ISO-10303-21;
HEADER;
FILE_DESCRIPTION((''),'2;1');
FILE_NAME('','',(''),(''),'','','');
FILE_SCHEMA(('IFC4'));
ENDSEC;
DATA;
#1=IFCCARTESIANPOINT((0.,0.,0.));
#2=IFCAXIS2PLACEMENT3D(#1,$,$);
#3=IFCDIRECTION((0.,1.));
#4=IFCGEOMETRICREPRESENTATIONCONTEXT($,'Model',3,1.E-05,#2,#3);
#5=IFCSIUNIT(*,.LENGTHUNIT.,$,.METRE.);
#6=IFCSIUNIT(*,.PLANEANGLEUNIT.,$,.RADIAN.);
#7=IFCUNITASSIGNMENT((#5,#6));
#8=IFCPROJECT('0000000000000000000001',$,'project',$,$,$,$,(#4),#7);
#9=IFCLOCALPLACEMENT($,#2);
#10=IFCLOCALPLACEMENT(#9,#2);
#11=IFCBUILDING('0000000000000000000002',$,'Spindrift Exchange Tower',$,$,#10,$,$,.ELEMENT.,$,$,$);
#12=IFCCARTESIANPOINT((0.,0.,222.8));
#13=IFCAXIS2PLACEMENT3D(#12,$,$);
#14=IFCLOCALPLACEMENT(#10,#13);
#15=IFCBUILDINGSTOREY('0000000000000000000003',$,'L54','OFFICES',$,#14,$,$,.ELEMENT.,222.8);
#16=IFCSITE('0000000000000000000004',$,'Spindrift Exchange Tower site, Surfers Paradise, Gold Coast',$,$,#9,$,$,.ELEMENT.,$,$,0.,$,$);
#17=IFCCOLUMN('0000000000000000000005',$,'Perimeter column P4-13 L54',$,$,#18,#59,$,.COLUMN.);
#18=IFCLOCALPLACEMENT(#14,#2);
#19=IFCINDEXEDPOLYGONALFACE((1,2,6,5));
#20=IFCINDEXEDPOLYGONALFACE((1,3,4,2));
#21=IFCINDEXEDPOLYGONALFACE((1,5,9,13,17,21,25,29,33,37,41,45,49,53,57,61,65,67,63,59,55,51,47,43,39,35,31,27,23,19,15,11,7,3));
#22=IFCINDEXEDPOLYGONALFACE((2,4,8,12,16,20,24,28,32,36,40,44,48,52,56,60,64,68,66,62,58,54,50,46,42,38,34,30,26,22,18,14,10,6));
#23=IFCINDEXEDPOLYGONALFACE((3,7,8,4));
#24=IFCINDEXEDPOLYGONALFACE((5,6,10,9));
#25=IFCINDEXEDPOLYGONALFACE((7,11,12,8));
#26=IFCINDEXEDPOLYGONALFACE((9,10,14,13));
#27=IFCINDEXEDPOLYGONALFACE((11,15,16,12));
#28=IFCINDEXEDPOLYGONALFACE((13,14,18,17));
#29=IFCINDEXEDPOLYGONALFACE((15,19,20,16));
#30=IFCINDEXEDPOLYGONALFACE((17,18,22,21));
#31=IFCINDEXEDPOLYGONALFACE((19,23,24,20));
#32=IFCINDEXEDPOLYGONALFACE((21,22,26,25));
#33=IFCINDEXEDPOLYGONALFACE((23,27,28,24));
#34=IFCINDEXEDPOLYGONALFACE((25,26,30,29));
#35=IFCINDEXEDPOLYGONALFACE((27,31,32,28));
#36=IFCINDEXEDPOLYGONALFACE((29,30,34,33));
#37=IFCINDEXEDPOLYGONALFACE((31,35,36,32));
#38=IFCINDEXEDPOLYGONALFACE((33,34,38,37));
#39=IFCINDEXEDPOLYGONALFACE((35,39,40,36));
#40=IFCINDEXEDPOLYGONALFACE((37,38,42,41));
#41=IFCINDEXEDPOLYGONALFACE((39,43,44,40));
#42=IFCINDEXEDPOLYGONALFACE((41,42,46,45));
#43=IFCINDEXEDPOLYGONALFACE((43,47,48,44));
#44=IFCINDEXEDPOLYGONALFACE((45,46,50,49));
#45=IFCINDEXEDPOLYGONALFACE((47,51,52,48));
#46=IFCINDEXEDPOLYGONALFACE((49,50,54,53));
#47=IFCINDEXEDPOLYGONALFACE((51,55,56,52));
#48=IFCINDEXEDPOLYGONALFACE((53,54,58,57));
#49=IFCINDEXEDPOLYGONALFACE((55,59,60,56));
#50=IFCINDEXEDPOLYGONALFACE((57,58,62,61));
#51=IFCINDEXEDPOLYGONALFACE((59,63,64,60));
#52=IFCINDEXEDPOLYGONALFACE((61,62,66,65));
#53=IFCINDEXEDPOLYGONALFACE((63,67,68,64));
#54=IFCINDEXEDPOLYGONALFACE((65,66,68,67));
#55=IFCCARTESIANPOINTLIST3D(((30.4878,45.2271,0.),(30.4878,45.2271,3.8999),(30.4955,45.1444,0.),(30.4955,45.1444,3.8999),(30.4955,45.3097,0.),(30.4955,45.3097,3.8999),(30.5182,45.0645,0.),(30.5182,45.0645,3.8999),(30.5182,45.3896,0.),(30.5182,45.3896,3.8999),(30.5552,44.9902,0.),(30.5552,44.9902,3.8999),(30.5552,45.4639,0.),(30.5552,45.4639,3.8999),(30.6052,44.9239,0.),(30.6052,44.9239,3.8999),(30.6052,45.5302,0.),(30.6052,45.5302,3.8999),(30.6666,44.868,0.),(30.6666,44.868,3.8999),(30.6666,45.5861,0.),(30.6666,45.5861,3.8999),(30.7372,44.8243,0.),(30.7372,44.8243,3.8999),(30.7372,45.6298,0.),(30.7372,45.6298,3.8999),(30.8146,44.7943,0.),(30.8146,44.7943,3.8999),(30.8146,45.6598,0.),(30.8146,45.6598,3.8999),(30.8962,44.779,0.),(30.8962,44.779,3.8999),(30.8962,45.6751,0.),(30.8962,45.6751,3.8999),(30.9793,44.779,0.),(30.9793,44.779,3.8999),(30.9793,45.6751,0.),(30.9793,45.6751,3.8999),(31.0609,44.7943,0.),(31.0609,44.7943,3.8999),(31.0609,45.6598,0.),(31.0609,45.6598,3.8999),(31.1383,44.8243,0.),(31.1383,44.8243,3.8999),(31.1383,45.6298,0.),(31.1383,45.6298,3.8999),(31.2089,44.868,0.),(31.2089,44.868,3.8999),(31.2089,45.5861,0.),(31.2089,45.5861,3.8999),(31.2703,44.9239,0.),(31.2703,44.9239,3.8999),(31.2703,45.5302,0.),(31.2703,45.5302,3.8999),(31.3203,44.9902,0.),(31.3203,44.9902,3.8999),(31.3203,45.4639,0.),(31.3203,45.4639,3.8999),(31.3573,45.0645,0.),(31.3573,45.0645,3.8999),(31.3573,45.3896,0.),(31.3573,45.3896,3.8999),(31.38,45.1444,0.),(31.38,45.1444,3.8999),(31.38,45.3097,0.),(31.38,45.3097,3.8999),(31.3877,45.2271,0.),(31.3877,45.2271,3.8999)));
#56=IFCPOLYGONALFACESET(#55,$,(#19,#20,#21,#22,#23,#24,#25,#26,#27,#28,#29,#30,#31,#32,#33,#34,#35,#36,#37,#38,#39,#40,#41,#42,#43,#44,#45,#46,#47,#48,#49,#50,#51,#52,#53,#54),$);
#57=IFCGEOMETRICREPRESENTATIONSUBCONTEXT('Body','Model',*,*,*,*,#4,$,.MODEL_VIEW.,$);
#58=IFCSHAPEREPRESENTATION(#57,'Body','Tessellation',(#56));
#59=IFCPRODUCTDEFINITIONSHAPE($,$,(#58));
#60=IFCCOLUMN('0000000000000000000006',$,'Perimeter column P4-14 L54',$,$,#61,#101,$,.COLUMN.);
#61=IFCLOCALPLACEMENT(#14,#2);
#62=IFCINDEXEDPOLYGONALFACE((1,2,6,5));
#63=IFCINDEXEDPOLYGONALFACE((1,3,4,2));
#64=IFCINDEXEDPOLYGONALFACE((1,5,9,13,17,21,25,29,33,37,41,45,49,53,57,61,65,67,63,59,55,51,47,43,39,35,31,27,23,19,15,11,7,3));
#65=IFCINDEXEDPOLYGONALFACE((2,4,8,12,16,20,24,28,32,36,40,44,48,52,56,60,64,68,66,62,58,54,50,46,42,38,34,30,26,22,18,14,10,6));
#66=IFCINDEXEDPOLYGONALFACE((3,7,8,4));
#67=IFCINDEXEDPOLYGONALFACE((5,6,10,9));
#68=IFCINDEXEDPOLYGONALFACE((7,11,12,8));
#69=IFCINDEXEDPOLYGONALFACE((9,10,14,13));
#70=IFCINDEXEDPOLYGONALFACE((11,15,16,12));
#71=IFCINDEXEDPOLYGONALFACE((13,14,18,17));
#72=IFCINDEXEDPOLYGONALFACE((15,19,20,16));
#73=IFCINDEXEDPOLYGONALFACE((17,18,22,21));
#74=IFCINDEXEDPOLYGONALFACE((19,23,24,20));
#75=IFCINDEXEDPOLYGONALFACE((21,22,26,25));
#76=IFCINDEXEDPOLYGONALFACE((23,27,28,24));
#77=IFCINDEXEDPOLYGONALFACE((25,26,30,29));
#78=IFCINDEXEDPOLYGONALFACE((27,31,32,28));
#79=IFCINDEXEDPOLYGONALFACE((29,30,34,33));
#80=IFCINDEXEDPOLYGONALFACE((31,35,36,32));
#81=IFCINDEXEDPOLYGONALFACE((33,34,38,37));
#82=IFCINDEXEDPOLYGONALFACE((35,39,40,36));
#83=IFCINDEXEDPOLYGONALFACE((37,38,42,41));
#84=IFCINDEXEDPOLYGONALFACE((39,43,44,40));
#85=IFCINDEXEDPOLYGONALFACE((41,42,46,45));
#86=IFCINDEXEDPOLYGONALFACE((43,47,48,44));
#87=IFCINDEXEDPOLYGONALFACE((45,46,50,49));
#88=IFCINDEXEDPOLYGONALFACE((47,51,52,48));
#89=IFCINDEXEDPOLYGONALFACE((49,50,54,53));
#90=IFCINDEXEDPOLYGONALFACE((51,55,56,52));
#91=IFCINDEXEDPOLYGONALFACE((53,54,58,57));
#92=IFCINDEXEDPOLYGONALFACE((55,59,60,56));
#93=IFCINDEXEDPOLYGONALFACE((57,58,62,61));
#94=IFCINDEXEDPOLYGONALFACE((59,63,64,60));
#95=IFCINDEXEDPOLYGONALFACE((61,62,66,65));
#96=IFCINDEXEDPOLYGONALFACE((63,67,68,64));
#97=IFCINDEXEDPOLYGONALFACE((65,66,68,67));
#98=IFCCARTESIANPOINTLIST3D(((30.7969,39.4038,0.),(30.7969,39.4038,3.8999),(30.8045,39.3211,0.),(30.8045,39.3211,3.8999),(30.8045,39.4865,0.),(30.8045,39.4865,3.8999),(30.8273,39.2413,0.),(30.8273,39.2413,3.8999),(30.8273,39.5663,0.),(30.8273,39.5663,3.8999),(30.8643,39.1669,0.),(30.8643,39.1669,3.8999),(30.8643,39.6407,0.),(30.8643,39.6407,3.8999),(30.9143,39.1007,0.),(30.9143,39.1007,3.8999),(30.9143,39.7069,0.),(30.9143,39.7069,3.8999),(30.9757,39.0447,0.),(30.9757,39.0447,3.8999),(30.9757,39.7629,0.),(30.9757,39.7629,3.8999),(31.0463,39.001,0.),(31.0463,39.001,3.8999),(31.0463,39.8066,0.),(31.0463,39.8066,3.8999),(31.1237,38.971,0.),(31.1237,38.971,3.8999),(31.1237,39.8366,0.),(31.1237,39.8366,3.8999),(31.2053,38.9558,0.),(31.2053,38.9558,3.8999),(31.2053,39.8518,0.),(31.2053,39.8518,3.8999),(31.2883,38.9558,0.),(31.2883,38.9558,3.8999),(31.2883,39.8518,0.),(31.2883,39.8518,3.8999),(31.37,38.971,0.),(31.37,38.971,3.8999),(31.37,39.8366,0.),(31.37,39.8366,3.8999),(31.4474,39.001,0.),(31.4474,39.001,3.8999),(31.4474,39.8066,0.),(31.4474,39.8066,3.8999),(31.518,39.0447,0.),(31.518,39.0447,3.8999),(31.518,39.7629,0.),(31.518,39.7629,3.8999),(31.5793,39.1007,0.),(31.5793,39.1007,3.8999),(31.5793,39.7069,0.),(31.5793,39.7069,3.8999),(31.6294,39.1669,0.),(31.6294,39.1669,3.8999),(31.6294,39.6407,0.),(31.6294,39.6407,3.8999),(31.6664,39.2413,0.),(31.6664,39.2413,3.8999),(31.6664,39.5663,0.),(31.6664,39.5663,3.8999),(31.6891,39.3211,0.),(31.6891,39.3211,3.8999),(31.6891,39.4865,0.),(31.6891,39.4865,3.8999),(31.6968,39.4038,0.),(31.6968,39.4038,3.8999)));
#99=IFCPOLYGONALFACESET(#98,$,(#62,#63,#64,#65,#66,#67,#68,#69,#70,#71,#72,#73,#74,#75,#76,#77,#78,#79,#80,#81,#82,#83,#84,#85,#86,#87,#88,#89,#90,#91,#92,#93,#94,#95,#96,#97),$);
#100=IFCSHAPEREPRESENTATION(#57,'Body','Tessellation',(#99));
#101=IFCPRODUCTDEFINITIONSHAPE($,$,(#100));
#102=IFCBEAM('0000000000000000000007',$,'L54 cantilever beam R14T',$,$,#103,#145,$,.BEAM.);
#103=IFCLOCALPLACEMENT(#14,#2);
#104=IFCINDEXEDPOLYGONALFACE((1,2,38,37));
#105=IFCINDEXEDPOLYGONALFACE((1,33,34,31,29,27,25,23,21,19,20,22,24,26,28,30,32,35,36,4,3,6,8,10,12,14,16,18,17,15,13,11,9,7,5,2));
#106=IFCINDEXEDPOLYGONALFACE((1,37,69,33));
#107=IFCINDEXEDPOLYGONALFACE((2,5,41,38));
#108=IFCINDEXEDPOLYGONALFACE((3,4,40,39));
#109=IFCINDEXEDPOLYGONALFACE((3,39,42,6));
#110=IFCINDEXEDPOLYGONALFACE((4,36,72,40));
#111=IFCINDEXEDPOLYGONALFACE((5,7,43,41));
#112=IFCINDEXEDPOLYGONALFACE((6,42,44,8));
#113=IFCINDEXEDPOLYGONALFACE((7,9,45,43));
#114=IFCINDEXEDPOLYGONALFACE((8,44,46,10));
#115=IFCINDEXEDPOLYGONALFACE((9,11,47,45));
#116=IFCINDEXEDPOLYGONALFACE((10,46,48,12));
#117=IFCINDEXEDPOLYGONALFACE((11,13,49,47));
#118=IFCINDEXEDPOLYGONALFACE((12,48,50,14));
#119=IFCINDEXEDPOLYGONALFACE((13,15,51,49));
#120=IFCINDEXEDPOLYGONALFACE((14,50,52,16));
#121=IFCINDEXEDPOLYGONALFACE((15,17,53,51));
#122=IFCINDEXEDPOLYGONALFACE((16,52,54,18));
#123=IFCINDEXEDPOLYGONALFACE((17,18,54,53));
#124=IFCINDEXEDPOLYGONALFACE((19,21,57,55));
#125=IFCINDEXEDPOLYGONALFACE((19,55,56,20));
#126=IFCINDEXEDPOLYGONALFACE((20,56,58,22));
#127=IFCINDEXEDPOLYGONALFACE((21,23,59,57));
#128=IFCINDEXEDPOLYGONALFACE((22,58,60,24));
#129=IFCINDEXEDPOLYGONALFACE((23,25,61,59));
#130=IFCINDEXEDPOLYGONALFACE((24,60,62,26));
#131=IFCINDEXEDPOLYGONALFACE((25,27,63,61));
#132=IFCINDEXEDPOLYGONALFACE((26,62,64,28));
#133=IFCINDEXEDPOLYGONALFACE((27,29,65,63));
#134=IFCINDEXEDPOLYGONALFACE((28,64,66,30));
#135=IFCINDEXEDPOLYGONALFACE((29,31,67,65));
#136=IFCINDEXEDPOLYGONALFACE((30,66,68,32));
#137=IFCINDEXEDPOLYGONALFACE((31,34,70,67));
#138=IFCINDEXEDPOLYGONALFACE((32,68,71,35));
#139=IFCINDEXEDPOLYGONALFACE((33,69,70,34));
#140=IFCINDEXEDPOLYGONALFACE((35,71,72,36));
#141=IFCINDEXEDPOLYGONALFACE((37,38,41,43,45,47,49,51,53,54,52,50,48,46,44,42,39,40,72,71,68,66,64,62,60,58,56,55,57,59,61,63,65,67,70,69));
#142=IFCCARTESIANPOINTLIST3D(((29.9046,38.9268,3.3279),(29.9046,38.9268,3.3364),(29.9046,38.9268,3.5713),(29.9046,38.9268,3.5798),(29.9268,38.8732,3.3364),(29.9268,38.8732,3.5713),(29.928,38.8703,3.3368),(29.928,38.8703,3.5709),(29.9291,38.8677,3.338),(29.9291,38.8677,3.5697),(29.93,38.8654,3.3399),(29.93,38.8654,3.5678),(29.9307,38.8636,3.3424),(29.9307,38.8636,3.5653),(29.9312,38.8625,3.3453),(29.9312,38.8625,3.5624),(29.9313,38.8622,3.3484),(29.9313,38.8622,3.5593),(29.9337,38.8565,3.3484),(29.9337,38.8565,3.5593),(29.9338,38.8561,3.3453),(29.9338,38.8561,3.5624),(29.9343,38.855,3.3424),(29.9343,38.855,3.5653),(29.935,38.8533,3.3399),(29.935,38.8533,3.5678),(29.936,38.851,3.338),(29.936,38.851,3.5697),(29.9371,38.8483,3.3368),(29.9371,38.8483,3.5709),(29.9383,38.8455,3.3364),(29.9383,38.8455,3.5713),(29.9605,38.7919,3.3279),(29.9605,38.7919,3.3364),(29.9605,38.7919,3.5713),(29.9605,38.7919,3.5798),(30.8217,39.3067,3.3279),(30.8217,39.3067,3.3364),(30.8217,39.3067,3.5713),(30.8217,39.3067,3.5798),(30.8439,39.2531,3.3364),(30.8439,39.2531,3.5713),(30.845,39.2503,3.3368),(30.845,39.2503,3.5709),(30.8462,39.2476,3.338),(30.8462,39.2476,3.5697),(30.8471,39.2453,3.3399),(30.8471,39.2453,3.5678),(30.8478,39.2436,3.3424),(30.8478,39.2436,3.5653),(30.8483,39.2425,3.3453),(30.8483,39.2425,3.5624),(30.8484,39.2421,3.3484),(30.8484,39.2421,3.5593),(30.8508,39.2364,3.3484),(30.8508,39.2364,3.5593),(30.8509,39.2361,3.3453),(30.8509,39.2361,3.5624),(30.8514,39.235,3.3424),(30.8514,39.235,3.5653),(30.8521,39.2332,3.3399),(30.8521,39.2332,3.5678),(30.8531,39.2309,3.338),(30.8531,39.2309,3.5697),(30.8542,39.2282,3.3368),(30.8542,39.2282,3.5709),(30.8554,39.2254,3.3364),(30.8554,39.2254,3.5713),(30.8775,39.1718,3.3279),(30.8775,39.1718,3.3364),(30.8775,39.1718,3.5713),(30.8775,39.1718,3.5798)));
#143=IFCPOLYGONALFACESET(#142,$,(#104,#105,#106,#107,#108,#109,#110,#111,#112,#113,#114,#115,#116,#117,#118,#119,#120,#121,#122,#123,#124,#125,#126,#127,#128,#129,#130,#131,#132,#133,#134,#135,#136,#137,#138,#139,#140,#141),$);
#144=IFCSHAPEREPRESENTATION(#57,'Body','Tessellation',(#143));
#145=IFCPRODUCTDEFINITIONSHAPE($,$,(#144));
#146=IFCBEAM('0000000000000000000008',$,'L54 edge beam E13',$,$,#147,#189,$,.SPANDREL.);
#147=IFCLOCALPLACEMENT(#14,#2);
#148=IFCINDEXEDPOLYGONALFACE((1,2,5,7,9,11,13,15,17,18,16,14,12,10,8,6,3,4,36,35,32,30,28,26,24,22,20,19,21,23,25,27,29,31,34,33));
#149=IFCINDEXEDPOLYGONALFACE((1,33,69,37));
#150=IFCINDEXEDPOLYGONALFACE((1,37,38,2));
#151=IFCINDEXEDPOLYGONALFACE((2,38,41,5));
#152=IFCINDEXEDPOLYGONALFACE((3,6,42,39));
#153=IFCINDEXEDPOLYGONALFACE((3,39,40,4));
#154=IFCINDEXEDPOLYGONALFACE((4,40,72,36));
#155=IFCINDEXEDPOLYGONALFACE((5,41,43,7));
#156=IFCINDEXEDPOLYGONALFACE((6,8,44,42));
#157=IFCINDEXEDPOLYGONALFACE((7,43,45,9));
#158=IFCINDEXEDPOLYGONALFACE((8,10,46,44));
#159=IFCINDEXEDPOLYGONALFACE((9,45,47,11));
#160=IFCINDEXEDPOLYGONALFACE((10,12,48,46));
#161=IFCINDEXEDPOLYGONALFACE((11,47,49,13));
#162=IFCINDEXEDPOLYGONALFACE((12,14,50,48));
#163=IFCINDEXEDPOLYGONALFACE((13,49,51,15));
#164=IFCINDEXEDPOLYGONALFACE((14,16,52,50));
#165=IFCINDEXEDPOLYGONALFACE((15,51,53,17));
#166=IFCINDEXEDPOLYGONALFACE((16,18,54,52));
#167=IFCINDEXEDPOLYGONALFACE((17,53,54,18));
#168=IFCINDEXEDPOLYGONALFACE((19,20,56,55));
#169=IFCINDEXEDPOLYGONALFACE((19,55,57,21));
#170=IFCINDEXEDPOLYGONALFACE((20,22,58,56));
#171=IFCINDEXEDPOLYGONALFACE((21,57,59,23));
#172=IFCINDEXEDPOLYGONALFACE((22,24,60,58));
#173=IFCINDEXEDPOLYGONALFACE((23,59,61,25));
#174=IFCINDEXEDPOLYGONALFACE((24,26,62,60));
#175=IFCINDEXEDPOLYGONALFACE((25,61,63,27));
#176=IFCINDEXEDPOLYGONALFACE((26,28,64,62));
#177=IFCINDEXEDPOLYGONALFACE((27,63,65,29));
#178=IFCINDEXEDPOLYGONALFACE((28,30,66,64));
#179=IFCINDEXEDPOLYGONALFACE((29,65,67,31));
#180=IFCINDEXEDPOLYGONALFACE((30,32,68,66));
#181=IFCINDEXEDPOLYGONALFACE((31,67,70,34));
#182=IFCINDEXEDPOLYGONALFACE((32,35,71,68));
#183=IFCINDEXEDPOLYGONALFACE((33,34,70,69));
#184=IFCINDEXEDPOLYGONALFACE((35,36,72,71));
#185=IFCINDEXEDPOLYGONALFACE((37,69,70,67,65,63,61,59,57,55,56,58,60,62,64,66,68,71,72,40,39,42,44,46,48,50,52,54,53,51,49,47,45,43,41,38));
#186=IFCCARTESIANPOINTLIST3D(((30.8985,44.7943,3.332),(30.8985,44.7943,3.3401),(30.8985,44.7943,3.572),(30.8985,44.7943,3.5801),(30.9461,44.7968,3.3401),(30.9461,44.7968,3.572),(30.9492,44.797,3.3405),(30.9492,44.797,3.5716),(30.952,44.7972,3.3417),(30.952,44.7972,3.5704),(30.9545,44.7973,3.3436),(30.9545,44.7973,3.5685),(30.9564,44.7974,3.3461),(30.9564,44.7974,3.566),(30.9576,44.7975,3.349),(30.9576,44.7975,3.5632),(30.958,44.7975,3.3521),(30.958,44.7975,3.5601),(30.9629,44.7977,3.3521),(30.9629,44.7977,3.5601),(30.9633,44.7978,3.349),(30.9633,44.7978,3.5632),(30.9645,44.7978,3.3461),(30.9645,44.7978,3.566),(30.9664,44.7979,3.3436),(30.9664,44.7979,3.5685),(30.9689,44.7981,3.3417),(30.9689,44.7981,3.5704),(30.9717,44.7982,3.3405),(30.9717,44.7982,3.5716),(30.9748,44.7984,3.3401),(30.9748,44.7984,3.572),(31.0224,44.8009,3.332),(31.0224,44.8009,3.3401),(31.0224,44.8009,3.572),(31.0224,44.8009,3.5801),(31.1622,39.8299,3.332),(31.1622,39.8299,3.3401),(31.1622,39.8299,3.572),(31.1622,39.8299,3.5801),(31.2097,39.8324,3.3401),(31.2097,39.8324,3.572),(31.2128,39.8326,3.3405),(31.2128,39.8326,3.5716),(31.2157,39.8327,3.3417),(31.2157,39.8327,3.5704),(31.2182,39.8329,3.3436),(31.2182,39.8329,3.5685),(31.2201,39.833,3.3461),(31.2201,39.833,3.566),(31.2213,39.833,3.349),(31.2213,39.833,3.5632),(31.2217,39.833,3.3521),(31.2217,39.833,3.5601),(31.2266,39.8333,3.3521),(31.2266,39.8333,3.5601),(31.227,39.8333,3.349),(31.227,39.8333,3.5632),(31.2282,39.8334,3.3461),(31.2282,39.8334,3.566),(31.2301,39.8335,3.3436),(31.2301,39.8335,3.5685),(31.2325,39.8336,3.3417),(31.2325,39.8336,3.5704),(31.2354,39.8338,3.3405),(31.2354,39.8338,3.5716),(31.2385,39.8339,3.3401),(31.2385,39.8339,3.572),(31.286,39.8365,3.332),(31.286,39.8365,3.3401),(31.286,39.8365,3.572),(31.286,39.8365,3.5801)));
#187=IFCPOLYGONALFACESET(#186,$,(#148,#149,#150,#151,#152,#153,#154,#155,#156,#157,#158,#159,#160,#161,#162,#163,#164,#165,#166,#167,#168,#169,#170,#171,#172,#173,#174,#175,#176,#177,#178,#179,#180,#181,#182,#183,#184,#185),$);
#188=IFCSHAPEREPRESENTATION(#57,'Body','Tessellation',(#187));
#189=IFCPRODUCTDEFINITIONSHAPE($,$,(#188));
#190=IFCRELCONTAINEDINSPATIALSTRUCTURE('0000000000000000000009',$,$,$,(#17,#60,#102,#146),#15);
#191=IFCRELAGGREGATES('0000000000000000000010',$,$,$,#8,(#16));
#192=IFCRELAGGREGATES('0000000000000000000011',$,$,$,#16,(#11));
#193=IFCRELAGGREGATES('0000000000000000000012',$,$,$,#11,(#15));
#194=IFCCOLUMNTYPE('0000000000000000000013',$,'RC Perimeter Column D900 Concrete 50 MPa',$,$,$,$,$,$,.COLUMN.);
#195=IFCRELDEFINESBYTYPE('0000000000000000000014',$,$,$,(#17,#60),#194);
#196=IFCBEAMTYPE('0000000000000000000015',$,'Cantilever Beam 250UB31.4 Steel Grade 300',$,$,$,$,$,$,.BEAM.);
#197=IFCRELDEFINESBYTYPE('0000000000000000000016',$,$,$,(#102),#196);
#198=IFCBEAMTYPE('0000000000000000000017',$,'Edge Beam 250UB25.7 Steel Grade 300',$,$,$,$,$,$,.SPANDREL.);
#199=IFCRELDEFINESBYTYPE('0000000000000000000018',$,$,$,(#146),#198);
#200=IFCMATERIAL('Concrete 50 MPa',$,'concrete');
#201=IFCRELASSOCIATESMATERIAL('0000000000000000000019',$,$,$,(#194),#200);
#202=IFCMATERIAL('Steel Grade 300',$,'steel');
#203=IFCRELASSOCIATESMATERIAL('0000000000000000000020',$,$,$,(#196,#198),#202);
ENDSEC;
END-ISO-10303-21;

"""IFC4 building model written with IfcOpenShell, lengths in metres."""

from ifc_helpers import new_model, si_unit, direction, frame, origin, origin_2d, place, context, subcontext, project, spatial, circle, i_section, extrude, source, transform, mapped, material, material_profile, profile_set, type_object, element, save


model = new_model("IFC4")

# Units and contexts
model_context = context("Model", 3, precision=1e-05, world=origin(), true_north=direction((0.0, 1.0)))
body_context = subcontext(model_context, "Body", "Model", "MODEL_VIEW")
ifc_project = project(units=[si_unit("LENGTHUNIT", "METRE"), si_unit("PLANEANGLEUNIT", "RADIAN")], contexts=[model_context])

# Site, building, storey
site_placement = place(None, origin())
site = spatial("IfcSite", under=ifc_project, at=site_placement, Name="Spindrift Exchange Tower site, Surfers Paradise, Gold Coast", CompositionType="ELEMENT", RefElevation=0.0)
building_placement = place(site_placement, origin())
building = spatial("IfcBuilding", under=site, at=building_placement, Name="Spindrift Exchange Tower", CompositionType="ELEMENT")
storey_placement = place(building_placement, frame((0.0, 0.0, 222.8)))
storey = spatial("IfcBuildingStorey", under=building, at=storey_placement, Name="L54", Description="OFFICES", CompositionType="ELEMENT", Elevation=222.8)

# Columns
ifc_material_1 = material(Name="Concrete 50 MPa", Category="concrete")
ifc_material_profile_1 = material_profile(ifc_material_1, circle(Radius=0.45, at=origin_2d()), Name="RC D900")
ifc_profile_set_1 = profile_set([ifc_material_profile_1], Name="Concrete 50 MPa")
column_type = type_object("IfcColumnType", Name="RC Perimeter Column D900 Concrete 50 MPa", PredefinedType="COLUMN", material=ifc_profile_set_1)
shared_shape_1 = source(origin(), body_context, "Body", "SweptSolid", [
    extrude(circle(Radius=0.45, at=origin_2d()), origin(), (0.0, 0.0, 1.0), 3.8999),
])
for number, where, z_axis, x_axis, name in (
    (1, (30.9377, 45.2271, 0.0), (0.0, 0.0, 1.0), (1.0, 0.0, 0.0), "Perimeter column P4-13 L54"),
    (2, (31.2468, 39.4038, 0.0), (0.0, 0.0, 1.0), (1.0, 0.0, 0.0), "Perimeter column P4-14 L54"),
):
    element("IfcColumn", number, at=place(storey_placement, frame(where, z_axis=z_axis, x_axis=x_axis)), inside=storey, type_object=column_type, Name=name, PredefinedType="COLUMN", context=body_context, shape_type="MappedRepresentation", body=[
        mapped(shared_shape_1, transform((0.0, 0.0, 0.0), scale=1.0)),
    ])

# Beams
ifc_material_2 = material(Name="Steel Grade 300", Category="steel")
ifc_material_profile_2 = material_profile(ifc_material_2, i_section(OverallWidth=0.146, OverallDepth=0.252, WebThickness=0.0061, FlangeThickness=0.0085, FilletRadius=0.012, at=origin_2d()), Name="250UB31.4")
ifc_profile_set_2 = profile_set([ifc_material_profile_2], Name="Steel Grade 300")
beam_type_1 = type_object("IfcBeamType", Name="Cantilever Beam 250UB31.4 Steel Grade 300", PredefinedType="BEAM", material=ifc_profile_set_2)
shared_shape_2 = source(origin(), body_context, "Body", "SweptSolid", [
    extrude(i_section(OverallWidth=0.146, OverallDepth=0.252, WebThickness=0.0061, FlangeThickness=0.0085, FilletRadius=0.012, at=origin_2d()), origin(), (0.0, 0.0, 1.0), 0.9927),
])
beam_1_placement = place(storey_placement, frame((30.8496, 39.2393, 3.4539), z_axis=(-0.923861, -0.382728, 0.0), x_axis=(0.382728, -0.923861, 0.0)))
element("IfcBeam", 3, at=beam_1_placement, inside=storey, type_object=beam_type_1, Name="L54 cantilever beam R14T", PredefinedType="BEAM", context=body_context, shape_type="MappedRepresentation", body=[
    mapped(shared_shape_2, transform((0.0, 0.0, 0.0), scale=1.0)),
])
ifc_material_profile_3 = material_profile(ifc_material_2, i_section(OverallWidth=0.124, OverallDepth=0.248, WebThickness=0.0049, FlangeThickness=0.0081, FilletRadius=0.012, at=origin_2d()), Name="250UB25.7")
ifc_profile_set_3 = profile_set([ifc_material_profile_3], Name="Steel Grade 300")
beam_type_2 = type_object("IfcBeamType", Name="Edge Beam 250UB25.7 Steel Grade 300", PredefinedType="SPANDREL", material=ifc_profile_set_3)
shared_shape_3 = source(origin(), body_context, "Body", "SweptSolid", [
    extrude(i_section(OverallWidth=0.124, OverallDepth=0.248, WebThickness=0.0049, FlangeThickness=0.0081, FilletRadius=0.012, at=origin_2d()), origin(), (0.0, 0.0, 1.0), 4.9714),
])
beam_2_placement = place(storey_placement, frame((30.9604, 44.7976, 3.4561), z_axis=(0.053038, -0.998592, 0.0), x_axis=(0.998592, 0.053038, 0.0)))
element("IfcBeam", 4, at=beam_2_placement, inside=storey, type_object=beam_type_2, Name="L54 edge beam E13", PredefinedType="SPANDREL", context=body_context, shape_type="MappedRepresentation", body=[
    mapped(shared_shape_3, transform((0.0, 0.0, 0.0), scale=1.0)),
])

save(model, "model.ifc")
